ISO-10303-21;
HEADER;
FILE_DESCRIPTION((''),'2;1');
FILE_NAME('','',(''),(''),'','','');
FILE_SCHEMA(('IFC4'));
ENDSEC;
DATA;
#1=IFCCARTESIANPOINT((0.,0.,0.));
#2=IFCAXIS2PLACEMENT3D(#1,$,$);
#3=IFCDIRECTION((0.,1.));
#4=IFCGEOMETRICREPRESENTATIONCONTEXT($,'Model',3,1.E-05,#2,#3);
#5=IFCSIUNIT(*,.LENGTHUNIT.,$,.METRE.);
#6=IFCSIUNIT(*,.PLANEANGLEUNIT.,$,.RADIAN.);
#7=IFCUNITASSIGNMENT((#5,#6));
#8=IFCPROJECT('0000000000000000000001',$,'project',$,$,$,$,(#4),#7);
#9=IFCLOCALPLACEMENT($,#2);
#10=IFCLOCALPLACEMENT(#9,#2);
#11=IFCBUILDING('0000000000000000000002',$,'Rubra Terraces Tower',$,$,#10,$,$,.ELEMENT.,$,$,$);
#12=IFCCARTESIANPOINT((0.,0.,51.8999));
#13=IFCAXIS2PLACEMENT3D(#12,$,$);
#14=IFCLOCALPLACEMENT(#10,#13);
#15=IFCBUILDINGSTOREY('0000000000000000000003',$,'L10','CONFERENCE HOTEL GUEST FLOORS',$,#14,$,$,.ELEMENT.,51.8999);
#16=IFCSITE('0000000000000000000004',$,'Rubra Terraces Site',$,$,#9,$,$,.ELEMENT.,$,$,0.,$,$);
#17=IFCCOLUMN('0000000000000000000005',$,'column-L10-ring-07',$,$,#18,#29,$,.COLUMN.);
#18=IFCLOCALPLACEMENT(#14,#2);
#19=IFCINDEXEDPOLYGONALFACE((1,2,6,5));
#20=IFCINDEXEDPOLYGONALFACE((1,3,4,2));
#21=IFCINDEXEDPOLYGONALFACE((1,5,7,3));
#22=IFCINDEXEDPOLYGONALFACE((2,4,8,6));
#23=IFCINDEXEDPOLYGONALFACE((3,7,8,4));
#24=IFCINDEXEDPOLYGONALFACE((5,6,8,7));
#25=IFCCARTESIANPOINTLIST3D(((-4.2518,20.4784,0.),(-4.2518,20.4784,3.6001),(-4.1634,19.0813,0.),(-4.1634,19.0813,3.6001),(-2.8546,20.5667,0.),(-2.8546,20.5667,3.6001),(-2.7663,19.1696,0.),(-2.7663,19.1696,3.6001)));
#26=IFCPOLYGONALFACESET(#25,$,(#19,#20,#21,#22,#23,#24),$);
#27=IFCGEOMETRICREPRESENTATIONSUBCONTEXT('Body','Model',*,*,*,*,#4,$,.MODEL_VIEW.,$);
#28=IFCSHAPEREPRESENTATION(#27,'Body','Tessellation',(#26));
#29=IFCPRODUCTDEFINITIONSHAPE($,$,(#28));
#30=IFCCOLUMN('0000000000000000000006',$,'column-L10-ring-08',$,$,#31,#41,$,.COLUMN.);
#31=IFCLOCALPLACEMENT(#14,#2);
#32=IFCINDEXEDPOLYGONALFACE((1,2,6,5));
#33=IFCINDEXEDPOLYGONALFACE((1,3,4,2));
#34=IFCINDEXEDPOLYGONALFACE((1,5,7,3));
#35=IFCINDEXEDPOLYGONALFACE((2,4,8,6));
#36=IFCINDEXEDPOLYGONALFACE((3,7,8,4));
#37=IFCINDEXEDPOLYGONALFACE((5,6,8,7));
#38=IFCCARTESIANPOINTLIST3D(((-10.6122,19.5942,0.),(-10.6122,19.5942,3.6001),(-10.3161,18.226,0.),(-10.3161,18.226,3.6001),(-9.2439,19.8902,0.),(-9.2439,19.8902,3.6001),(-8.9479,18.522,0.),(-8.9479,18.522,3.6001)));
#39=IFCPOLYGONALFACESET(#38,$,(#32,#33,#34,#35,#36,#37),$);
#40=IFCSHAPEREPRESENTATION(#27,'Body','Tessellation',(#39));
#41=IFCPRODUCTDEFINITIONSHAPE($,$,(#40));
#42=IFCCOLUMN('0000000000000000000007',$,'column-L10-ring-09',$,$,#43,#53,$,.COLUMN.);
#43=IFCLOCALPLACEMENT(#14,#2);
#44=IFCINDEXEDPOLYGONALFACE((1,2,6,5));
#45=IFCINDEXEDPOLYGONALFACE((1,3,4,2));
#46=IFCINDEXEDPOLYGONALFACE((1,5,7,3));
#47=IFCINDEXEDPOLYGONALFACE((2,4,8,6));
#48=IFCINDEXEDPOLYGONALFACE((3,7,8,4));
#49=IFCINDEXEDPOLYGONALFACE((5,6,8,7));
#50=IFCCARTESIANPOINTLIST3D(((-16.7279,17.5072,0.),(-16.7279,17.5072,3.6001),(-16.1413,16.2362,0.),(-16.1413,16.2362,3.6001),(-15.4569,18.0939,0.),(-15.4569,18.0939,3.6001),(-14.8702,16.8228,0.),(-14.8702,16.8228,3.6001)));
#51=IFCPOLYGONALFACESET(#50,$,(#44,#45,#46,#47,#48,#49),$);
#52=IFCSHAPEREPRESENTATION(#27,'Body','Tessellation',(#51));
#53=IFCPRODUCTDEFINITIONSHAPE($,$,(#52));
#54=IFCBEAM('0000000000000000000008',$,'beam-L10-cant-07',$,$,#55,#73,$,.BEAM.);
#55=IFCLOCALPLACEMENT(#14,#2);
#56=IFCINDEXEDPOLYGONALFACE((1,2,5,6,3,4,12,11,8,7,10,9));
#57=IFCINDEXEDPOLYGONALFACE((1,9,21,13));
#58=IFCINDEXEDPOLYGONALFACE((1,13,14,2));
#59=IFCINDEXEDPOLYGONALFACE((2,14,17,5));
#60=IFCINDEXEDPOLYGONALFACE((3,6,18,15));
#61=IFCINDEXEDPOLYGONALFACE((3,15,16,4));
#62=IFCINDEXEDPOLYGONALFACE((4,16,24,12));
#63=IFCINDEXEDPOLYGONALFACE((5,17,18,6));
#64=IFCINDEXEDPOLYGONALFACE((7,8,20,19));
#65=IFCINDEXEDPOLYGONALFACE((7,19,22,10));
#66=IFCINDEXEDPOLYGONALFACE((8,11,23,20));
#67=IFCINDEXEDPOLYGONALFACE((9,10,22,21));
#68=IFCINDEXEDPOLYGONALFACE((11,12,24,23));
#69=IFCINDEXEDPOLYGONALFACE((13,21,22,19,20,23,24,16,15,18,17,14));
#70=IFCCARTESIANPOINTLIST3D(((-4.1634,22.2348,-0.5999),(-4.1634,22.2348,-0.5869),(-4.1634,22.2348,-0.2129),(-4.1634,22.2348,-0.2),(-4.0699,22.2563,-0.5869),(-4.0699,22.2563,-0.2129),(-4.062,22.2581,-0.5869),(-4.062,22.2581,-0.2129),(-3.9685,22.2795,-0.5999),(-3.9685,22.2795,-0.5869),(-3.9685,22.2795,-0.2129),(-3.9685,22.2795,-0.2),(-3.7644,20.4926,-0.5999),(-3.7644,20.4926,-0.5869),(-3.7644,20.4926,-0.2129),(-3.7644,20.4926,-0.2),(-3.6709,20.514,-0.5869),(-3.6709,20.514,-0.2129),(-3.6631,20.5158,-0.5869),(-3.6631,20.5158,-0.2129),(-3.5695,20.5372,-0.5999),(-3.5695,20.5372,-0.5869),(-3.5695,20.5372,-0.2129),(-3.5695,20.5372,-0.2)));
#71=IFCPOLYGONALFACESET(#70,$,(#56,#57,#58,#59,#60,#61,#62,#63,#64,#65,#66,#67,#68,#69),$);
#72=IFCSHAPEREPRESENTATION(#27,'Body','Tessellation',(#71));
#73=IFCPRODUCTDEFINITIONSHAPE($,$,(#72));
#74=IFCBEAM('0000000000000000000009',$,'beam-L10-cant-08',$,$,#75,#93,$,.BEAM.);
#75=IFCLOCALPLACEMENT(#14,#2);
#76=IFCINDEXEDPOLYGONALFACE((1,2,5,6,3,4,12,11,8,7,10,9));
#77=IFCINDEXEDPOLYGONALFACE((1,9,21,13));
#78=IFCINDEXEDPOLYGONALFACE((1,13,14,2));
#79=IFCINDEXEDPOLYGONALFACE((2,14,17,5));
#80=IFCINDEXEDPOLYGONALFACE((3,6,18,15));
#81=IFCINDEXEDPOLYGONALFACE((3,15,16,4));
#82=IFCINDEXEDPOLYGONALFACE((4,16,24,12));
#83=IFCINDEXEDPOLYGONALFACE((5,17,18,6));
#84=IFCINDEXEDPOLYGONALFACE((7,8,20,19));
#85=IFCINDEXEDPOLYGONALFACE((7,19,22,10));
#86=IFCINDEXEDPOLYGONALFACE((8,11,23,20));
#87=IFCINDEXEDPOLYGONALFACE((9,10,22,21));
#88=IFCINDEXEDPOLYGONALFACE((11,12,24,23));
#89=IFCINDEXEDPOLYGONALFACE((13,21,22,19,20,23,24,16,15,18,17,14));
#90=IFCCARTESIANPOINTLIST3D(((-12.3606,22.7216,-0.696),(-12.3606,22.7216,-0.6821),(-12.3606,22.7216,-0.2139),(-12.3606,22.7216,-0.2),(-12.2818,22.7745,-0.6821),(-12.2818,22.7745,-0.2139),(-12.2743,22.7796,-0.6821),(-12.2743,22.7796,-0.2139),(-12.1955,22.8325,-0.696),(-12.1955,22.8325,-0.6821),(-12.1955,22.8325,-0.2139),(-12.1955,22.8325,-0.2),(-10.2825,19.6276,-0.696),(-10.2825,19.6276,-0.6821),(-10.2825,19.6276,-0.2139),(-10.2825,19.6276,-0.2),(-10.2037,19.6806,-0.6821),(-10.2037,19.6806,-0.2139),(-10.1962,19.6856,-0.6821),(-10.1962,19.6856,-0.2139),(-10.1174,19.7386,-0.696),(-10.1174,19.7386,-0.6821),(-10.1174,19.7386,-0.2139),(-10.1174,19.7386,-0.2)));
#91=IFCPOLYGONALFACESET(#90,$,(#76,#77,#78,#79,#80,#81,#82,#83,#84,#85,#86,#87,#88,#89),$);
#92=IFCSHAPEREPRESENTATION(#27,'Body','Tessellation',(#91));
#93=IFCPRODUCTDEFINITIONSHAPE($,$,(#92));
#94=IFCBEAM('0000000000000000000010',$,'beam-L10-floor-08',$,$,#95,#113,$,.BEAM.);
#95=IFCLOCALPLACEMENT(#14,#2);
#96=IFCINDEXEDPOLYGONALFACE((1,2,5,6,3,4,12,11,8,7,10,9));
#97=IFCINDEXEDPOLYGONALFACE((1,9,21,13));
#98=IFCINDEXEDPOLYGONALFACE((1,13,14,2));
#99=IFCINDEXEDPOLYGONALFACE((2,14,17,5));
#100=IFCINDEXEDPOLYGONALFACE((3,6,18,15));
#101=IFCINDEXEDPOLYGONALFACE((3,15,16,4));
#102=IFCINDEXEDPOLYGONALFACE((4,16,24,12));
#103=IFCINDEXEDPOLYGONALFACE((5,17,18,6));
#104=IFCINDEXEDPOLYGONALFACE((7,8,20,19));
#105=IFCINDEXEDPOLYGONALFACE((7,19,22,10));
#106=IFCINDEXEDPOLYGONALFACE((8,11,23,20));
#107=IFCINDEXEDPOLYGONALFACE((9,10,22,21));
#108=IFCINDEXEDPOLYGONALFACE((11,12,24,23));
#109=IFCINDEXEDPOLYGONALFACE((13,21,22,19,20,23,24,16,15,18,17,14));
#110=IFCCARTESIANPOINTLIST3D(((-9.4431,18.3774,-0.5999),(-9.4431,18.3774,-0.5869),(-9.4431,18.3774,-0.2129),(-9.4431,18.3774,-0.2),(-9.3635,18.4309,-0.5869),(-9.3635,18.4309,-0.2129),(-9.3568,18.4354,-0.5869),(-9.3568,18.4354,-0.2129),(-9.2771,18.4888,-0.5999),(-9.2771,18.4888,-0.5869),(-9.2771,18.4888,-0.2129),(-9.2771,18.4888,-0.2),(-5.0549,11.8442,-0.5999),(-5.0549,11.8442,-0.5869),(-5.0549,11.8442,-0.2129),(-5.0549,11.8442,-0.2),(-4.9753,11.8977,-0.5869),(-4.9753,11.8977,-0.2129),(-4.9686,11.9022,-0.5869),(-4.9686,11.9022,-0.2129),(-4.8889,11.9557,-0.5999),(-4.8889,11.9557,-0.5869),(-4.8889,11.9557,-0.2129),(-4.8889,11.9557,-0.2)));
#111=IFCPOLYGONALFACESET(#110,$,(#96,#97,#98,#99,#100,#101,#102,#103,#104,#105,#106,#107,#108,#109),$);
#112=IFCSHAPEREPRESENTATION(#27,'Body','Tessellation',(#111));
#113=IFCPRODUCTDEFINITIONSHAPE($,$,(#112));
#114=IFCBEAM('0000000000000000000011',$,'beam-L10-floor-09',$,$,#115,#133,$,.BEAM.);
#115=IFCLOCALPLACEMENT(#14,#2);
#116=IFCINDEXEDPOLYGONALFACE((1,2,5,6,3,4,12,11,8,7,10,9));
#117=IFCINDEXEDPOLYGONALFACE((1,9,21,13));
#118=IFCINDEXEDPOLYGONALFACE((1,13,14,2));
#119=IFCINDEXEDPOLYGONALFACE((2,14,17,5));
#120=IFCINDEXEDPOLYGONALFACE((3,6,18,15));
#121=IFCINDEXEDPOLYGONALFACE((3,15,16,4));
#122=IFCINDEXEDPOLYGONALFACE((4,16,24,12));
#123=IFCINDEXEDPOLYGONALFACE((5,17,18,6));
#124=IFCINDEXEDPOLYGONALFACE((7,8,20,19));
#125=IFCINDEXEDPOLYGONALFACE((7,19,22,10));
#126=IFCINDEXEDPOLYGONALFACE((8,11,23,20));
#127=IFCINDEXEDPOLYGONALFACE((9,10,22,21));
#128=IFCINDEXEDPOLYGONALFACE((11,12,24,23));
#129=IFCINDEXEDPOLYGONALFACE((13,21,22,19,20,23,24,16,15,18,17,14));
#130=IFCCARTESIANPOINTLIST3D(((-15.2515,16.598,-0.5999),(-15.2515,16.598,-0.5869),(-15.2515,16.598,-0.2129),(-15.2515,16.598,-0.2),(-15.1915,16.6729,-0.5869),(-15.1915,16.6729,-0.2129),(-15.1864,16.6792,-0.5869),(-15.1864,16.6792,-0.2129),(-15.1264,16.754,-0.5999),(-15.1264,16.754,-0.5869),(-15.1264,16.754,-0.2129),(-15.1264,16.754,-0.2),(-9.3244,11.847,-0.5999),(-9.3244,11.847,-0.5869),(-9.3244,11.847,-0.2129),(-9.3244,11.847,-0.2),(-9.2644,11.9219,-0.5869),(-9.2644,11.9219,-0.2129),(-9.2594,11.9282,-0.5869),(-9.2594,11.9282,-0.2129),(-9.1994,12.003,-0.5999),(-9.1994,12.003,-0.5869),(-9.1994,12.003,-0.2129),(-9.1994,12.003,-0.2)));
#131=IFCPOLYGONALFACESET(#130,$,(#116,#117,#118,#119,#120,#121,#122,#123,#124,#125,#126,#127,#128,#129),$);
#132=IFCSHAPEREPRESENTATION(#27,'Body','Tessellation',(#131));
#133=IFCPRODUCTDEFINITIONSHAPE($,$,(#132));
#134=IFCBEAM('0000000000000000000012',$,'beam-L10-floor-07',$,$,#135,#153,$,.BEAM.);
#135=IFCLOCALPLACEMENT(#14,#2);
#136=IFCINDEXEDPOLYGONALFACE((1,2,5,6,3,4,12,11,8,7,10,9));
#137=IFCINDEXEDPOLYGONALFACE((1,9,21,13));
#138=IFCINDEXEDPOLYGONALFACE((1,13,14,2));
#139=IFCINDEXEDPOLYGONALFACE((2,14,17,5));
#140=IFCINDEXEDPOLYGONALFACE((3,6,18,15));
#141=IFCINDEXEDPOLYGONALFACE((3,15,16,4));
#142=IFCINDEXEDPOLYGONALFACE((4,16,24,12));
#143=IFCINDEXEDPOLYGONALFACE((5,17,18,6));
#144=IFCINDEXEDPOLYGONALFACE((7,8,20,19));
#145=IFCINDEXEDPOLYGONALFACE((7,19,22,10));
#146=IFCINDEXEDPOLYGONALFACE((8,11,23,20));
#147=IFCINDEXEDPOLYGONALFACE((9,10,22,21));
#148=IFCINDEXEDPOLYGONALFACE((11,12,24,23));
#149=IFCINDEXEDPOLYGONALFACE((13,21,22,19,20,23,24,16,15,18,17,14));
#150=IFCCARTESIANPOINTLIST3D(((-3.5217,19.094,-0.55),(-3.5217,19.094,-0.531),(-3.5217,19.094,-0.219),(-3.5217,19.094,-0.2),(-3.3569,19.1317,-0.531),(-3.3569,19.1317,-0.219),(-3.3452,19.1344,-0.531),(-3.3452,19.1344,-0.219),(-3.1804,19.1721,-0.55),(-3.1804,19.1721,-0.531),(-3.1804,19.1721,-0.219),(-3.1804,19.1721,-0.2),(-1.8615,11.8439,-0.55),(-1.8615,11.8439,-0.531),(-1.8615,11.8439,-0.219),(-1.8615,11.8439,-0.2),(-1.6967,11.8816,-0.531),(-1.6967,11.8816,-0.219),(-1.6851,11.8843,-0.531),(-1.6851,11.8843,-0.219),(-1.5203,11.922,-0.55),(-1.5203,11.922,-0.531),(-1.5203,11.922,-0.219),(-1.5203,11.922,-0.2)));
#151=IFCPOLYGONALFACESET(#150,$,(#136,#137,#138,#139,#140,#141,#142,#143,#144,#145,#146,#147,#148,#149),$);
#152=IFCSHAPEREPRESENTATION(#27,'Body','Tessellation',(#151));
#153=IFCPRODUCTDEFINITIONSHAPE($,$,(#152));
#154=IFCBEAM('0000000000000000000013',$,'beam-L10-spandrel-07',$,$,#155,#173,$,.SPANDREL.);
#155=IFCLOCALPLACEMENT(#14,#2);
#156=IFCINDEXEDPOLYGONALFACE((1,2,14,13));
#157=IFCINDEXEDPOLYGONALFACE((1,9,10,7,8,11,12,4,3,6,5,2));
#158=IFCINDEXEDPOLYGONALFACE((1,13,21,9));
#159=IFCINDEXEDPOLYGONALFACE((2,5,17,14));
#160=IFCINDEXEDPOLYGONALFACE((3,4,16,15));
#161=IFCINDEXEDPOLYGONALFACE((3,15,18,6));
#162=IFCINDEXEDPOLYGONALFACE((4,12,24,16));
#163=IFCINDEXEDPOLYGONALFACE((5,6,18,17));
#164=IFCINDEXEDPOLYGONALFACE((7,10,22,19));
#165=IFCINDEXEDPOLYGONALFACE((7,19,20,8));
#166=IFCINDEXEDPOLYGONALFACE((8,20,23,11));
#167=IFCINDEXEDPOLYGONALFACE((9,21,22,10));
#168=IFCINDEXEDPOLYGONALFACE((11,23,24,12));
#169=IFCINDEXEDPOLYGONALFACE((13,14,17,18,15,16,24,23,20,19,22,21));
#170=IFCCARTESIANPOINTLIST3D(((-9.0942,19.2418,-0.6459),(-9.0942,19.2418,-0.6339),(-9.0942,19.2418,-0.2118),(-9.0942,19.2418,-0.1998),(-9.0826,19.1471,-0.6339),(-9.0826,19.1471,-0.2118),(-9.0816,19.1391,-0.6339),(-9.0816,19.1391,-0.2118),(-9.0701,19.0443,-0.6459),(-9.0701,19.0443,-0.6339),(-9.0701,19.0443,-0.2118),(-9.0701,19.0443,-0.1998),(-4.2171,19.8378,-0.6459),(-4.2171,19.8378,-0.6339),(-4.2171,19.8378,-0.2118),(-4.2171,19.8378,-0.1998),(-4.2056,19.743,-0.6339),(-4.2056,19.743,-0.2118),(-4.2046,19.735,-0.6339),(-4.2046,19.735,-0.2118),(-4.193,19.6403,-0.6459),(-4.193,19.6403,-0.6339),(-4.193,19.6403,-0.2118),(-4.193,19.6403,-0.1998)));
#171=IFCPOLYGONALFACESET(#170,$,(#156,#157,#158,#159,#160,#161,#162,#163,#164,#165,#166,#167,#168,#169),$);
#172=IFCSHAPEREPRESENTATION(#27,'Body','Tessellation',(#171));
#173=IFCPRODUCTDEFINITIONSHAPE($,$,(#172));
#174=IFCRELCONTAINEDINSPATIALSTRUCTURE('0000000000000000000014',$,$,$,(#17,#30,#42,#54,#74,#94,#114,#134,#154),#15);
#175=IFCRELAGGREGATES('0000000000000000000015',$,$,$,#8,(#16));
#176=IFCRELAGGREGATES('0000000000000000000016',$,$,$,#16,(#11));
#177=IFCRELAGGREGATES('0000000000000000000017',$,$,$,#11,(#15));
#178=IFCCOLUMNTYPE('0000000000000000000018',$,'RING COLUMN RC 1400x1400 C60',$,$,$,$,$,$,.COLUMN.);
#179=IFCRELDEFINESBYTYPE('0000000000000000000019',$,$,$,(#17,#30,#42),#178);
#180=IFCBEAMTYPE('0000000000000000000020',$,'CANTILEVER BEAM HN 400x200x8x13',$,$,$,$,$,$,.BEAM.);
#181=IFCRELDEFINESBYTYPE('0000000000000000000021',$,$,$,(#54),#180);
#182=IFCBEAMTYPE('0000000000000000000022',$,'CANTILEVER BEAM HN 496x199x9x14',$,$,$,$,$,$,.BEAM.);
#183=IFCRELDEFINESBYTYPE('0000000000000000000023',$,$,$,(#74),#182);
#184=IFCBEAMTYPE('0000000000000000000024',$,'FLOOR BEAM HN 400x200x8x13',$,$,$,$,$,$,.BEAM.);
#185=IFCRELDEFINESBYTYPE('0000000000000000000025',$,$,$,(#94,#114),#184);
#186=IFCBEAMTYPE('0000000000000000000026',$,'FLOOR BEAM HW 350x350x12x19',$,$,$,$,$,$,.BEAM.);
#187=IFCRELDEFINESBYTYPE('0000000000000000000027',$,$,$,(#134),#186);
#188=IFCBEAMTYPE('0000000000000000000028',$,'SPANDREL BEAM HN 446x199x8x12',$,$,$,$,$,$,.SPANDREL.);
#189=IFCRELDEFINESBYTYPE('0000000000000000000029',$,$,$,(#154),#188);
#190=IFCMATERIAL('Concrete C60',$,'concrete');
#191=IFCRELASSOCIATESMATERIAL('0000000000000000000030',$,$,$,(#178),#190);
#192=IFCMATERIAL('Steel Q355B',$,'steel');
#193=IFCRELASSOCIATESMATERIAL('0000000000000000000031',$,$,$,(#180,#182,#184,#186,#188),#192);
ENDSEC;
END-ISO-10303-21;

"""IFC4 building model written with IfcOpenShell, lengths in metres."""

from ifc_helpers import new_model, si_unit, direction, frame, origin, origin_2d, place, context, subcontext, project, spatial, rectangle, i_section, extrude, material, material_profile, profile_set, type_object, element, save


model = new_model("IFC4")

# Units and contexts
model_context = context("Model", 3, precision=1e-05, world=origin(), true_north=direction((0.0, 1.0)))
body_context = subcontext(model_context, "Body", "Model", "MODEL_VIEW")
ifc_project = project(units=[si_unit("LENGTHUNIT", "METRE"), si_unit("PLANEANGLEUNIT", "RADIAN")], contexts=[model_context])

# Site, building, storey
site_placement = place(None, origin())
site = spatial("IfcSite", under=ifc_project, at=site_placement, Name="Rubra Terraces Site", CompositionType="ELEMENT", RefElevation=0.0)
building_placement = place(site_placement, origin())
building = spatial("IfcBuilding", under=site, at=building_placement, Name="Rubra Terraces Tower", CompositionType="ELEMENT")
storey_placement = place(building_placement, frame((0.0, 0.0, 51.8999)))
storey = spatial("IfcBuildingStorey", under=building, at=storey_placement, Name="L10", Description="CONFERENCE HOTEL GUEST FLOORS", CompositionType="ELEMENT", Elevation=51.8999)

# Columns
ifc_material_1 = material(Name="Concrete C60", Category="concrete")
ifc_material_profile_1 = material_profile(ifc_material_1, rectangle(XDim=1.3999, YDim=1.3999, at=origin_2d()), Name="RC 1400x1400")
ifc_profile_set_1 = profile_set([ifc_material_profile_1], Name="Concrete C60")
column_type = type_object("IfcColumnType", Name="RING COLUMN RC 1400x1400 C60", PredefinedType="COLUMN", material=ifc_profile_set_1)
for number, where, z_axis, x_axis, name in (
    (1, (-3.509, 19.824, 0.0), (0.0, 0.0, 1.0), (-0.998008, -0.063094, 0.0), "column-L10-ring-07"),
    (2, (-9.78, 19.0581, 0.0), (0.0, 0.0, 1.0), (-0.977386, -0.211462, 0.0), "column-L10-ring-08"),
    (3, (-15.7991, 17.165, 0.0), (0.0, 0.0, 1.0), (-0.907952, -0.419073, 0.0), "column-L10-ring-09"),
):
    element("IfcColumn", number, at=place(storey_placement, frame(where, z_axis=z_axis, x_axis=x_axis)), inside=storey, type_object=column_type, Name=name, PredefinedType="COLUMN", context=body_context, shape_type="SweptSolid", body=[
        extrude(rectangle(XDim=1.3999, YDim=1.3999, at=origin_2d()), origin(), (0.0, 0.0, 1.0), 3.6001),
    ])

# Beams
ifc_material_2 = material(Name="Steel Q355B", Category="steel")
ifc_material_profile_2 = material_profile(ifc_material_2, i_section(OverallWidth=0.2, OverallDepth=0.3999, WebThickness=0.0081, FlangeThickness=0.0129, at=origin_2d()), Name="HN 400x200x8x13")
ifc_profile_set_2 = profile_set([ifc_material_profile_2], Name="Steel Q355B")
beam_type_1 = type_object("IfcBeamType", Name="CANTILEVER BEAM HN 400x200x8x13", PredefinedType="BEAM", material=ifc_profile_set_2)
beam_1_placement = place(storey_placement, frame((-3.667, 20.5149, -0.3999), z_axis=(-0.223203, 0.974772, 0.0), x_axis=(-0.974772, -0.223203, 0.0)))
element("IfcBeam", 4, at=beam_1_placement, inside=storey, type_object=beam_type_1, Name="beam-L10-cant-07", PredefinedType="BEAM", context=body_context, shape_type="SweptSolid", body=[
    extrude(i_section(OverallWidth=0.2, OverallDepth=0.3999, WebThickness=0.0081, FlangeThickness=0.0129, at=origin_2d()), origin(), (0.0, 0.0, 1.0), 1.7874),
])
ifc_material_profile_3 = material_profile(ifc_material_2, i_section(OverallWidth=0.199, OverallDepth=0.4961, WebThickness=0.009, FlangeThickness=0.0139, at=origin_2d()), Name="HN 496x199x9x14")
ifc_profile_set_3 = profile_set([ifc_material_profile_3], Name="Steel Q355B")
beam_type_2 = type_object("IfcBeamType", Name="CANTILEVER BEAM HN 496x199x9x14", PredefinedType="BEAM", material=ifc_profile_set_3)
beam_2_placement = place(storey_placement, frame((-10.2, 19.6831, -0.448), z_axis=(-0.557569, 0.830131, 0.0), x_axis=(-0.830131, -0.557569, 0.0)))
element("IfcBeam", 5, at=beam_2_placement, inside=storey, type_object=beam_type_2, Name="beam-L10-cant-08", PredefinedType="BEAM", context=body_context, shape_type="SweptSolid", body=[
    extrude(i_section(OverallWidth=0.199, OverallDepth=0.4961, WebThickness=0.009, FlangeThickness=0.0139, at=origin_2d()), origin(), (0.0, 0.0, 1.0), 3.7271),
])
ifc_material_profile_4 = material_profile(ifc_material_2, i_section(OverallWidth=0.2, OverallDepth=0.3999, WebThickness=0.0081, FlangeThickness=0.0129, at=origin_2d()), Name="HN 400x200x8x13")
ifc_profile_set_4 = profile_set([ifc_material_profile_4], Name="Steel Q355B")
beam_type_3 = type_object("IfcBeamType", Name="FLOOR BEAM HN 400x200x8x13", PredefinedType="BEAM", material=ifc_profile_set_4)
beam_3_placement = place(storey_placement, frame((-9.3601, 18.4331, -0.3999), z_axis=(0.557575, -0.830127, 0.0), x_axis=(0.830127, 0.557575, 0.0)))
element("IfcBeam", 6, at=beam_3_placement, inside=storey, type_object=beam_type_3, Name="beam-L10-floor-08", PredefinedType="BEAM", context=body_context, shape_type="SweptSolid", body=[
    extrude(i_section(OverallWidth=0.2, OverallDepth=0.3999, WebThickness=0.0081, FlangeThickness=0.0129, at=origin_2d()), origin(), (0.0, 0.0, 1.0), 7.8701),
])
beam_4_placement = place(storey_placement, frame((-15.189, 16.676, -0.3999), z_axis=(0.780266, -0.625447, 0.0), x_axis=(0.625447, 0.780266, 0.0)))
element("IfcBeam", 7, at=beam_4_placement, inside=storey, type_object=beam_type_3, Name="beam-L10-floor-09", PredefinedType="BEAM", context=body_context, shape_type="SweptSolid", body=[
    extrude(i_section(OverallWidth=0.2, OverallDepth=0.3999, WebThickness=0.0081, FlangeThickness=0.0129, at=origin_2d()), origin(), (0.0, 0.0, 1.0), 7.5962),
])
ifc_material_profile_5 = material_profile(ifc_material_2, i_section(OverallWidth=0.3501, OverallDepth=0.3501, WebThickness=0.012, FlangeThickness=0.019, at=origin_2d()), Name="HW 350x350x12x19")
ifc_profile_set_5 = profile_set([ifc_material_profile_5], Name="Steel Q355B")
beam_type_4 = type_object("IfcBeamType", Name="FLOOR BEAM HW 350x350x12x19", PredefinedType="BEAM", material=ifc_profile_set_5)
beam_5_placement = place(storey_placement, frame((-3.3511, 19.1331, -0.375), z_axis=(0.22321, -0.97477, 0.0), x_axis=(0.97477, 0.22321, 0.0)))
element("IfcBeam", 8, at=beam_5_placement, inside=storey, type_object=beam_type_4, Name="beam-L10-floor-07", PredefinedType="BEAM", context=body_context, shape_type="SweptSolid", body=[
    extrude(i_section(OverallWidth=0.3501, OverallDepth=0.3501, WebThickness=0.012, FlangeThickness=0.019, at=origin_2d()), origin(), (0.0, 0.0, 1.0), 7.4377),
])
ifc_material_profile_6 = material_profile(ifc_material_2, i_section(OverallWidth=0.199, OverallDepth=0.446, WebThickness=0.0081, FlangeThickness=0.012, at=origin_2d()), Name="HN 446x199x8x12")
ifc_profile_set_6 = profile_set([ifc_material_profile_6], Name="Steel Q355B")
beam_type_5 = type_object("IfcBeamType", Name="SPANDREL BEAM HN 446x199x8x12", PredefinedType="SPANDREL", material=ifc_profile_set_6)
beam_6_placement = place(storey_placement, frame((-4.2051, 19.739, -0.4229), z_axis=(-0.992617, -0.121294, 0.0), x_axis=(0.121294, -0.992617, 0.0)))
element("IfcBeam", 9, at=beam_6_placement, inside=storey, type_object=beam_type_5, Name="beam-L10-spandrel-07", PredefinedType="SPANDREL", context=body_context, shape_type="SweptSolid", body=[
    extrude(i_section(OverallWidth=0.199, OverallDepth=0.446, WebThickness=0.0081, FlangeThickness=0.012, at=origin_2d()), origin(), (0.0, 0.0, 1.0), 4.9133),
])

save(model, "model.ifc")
